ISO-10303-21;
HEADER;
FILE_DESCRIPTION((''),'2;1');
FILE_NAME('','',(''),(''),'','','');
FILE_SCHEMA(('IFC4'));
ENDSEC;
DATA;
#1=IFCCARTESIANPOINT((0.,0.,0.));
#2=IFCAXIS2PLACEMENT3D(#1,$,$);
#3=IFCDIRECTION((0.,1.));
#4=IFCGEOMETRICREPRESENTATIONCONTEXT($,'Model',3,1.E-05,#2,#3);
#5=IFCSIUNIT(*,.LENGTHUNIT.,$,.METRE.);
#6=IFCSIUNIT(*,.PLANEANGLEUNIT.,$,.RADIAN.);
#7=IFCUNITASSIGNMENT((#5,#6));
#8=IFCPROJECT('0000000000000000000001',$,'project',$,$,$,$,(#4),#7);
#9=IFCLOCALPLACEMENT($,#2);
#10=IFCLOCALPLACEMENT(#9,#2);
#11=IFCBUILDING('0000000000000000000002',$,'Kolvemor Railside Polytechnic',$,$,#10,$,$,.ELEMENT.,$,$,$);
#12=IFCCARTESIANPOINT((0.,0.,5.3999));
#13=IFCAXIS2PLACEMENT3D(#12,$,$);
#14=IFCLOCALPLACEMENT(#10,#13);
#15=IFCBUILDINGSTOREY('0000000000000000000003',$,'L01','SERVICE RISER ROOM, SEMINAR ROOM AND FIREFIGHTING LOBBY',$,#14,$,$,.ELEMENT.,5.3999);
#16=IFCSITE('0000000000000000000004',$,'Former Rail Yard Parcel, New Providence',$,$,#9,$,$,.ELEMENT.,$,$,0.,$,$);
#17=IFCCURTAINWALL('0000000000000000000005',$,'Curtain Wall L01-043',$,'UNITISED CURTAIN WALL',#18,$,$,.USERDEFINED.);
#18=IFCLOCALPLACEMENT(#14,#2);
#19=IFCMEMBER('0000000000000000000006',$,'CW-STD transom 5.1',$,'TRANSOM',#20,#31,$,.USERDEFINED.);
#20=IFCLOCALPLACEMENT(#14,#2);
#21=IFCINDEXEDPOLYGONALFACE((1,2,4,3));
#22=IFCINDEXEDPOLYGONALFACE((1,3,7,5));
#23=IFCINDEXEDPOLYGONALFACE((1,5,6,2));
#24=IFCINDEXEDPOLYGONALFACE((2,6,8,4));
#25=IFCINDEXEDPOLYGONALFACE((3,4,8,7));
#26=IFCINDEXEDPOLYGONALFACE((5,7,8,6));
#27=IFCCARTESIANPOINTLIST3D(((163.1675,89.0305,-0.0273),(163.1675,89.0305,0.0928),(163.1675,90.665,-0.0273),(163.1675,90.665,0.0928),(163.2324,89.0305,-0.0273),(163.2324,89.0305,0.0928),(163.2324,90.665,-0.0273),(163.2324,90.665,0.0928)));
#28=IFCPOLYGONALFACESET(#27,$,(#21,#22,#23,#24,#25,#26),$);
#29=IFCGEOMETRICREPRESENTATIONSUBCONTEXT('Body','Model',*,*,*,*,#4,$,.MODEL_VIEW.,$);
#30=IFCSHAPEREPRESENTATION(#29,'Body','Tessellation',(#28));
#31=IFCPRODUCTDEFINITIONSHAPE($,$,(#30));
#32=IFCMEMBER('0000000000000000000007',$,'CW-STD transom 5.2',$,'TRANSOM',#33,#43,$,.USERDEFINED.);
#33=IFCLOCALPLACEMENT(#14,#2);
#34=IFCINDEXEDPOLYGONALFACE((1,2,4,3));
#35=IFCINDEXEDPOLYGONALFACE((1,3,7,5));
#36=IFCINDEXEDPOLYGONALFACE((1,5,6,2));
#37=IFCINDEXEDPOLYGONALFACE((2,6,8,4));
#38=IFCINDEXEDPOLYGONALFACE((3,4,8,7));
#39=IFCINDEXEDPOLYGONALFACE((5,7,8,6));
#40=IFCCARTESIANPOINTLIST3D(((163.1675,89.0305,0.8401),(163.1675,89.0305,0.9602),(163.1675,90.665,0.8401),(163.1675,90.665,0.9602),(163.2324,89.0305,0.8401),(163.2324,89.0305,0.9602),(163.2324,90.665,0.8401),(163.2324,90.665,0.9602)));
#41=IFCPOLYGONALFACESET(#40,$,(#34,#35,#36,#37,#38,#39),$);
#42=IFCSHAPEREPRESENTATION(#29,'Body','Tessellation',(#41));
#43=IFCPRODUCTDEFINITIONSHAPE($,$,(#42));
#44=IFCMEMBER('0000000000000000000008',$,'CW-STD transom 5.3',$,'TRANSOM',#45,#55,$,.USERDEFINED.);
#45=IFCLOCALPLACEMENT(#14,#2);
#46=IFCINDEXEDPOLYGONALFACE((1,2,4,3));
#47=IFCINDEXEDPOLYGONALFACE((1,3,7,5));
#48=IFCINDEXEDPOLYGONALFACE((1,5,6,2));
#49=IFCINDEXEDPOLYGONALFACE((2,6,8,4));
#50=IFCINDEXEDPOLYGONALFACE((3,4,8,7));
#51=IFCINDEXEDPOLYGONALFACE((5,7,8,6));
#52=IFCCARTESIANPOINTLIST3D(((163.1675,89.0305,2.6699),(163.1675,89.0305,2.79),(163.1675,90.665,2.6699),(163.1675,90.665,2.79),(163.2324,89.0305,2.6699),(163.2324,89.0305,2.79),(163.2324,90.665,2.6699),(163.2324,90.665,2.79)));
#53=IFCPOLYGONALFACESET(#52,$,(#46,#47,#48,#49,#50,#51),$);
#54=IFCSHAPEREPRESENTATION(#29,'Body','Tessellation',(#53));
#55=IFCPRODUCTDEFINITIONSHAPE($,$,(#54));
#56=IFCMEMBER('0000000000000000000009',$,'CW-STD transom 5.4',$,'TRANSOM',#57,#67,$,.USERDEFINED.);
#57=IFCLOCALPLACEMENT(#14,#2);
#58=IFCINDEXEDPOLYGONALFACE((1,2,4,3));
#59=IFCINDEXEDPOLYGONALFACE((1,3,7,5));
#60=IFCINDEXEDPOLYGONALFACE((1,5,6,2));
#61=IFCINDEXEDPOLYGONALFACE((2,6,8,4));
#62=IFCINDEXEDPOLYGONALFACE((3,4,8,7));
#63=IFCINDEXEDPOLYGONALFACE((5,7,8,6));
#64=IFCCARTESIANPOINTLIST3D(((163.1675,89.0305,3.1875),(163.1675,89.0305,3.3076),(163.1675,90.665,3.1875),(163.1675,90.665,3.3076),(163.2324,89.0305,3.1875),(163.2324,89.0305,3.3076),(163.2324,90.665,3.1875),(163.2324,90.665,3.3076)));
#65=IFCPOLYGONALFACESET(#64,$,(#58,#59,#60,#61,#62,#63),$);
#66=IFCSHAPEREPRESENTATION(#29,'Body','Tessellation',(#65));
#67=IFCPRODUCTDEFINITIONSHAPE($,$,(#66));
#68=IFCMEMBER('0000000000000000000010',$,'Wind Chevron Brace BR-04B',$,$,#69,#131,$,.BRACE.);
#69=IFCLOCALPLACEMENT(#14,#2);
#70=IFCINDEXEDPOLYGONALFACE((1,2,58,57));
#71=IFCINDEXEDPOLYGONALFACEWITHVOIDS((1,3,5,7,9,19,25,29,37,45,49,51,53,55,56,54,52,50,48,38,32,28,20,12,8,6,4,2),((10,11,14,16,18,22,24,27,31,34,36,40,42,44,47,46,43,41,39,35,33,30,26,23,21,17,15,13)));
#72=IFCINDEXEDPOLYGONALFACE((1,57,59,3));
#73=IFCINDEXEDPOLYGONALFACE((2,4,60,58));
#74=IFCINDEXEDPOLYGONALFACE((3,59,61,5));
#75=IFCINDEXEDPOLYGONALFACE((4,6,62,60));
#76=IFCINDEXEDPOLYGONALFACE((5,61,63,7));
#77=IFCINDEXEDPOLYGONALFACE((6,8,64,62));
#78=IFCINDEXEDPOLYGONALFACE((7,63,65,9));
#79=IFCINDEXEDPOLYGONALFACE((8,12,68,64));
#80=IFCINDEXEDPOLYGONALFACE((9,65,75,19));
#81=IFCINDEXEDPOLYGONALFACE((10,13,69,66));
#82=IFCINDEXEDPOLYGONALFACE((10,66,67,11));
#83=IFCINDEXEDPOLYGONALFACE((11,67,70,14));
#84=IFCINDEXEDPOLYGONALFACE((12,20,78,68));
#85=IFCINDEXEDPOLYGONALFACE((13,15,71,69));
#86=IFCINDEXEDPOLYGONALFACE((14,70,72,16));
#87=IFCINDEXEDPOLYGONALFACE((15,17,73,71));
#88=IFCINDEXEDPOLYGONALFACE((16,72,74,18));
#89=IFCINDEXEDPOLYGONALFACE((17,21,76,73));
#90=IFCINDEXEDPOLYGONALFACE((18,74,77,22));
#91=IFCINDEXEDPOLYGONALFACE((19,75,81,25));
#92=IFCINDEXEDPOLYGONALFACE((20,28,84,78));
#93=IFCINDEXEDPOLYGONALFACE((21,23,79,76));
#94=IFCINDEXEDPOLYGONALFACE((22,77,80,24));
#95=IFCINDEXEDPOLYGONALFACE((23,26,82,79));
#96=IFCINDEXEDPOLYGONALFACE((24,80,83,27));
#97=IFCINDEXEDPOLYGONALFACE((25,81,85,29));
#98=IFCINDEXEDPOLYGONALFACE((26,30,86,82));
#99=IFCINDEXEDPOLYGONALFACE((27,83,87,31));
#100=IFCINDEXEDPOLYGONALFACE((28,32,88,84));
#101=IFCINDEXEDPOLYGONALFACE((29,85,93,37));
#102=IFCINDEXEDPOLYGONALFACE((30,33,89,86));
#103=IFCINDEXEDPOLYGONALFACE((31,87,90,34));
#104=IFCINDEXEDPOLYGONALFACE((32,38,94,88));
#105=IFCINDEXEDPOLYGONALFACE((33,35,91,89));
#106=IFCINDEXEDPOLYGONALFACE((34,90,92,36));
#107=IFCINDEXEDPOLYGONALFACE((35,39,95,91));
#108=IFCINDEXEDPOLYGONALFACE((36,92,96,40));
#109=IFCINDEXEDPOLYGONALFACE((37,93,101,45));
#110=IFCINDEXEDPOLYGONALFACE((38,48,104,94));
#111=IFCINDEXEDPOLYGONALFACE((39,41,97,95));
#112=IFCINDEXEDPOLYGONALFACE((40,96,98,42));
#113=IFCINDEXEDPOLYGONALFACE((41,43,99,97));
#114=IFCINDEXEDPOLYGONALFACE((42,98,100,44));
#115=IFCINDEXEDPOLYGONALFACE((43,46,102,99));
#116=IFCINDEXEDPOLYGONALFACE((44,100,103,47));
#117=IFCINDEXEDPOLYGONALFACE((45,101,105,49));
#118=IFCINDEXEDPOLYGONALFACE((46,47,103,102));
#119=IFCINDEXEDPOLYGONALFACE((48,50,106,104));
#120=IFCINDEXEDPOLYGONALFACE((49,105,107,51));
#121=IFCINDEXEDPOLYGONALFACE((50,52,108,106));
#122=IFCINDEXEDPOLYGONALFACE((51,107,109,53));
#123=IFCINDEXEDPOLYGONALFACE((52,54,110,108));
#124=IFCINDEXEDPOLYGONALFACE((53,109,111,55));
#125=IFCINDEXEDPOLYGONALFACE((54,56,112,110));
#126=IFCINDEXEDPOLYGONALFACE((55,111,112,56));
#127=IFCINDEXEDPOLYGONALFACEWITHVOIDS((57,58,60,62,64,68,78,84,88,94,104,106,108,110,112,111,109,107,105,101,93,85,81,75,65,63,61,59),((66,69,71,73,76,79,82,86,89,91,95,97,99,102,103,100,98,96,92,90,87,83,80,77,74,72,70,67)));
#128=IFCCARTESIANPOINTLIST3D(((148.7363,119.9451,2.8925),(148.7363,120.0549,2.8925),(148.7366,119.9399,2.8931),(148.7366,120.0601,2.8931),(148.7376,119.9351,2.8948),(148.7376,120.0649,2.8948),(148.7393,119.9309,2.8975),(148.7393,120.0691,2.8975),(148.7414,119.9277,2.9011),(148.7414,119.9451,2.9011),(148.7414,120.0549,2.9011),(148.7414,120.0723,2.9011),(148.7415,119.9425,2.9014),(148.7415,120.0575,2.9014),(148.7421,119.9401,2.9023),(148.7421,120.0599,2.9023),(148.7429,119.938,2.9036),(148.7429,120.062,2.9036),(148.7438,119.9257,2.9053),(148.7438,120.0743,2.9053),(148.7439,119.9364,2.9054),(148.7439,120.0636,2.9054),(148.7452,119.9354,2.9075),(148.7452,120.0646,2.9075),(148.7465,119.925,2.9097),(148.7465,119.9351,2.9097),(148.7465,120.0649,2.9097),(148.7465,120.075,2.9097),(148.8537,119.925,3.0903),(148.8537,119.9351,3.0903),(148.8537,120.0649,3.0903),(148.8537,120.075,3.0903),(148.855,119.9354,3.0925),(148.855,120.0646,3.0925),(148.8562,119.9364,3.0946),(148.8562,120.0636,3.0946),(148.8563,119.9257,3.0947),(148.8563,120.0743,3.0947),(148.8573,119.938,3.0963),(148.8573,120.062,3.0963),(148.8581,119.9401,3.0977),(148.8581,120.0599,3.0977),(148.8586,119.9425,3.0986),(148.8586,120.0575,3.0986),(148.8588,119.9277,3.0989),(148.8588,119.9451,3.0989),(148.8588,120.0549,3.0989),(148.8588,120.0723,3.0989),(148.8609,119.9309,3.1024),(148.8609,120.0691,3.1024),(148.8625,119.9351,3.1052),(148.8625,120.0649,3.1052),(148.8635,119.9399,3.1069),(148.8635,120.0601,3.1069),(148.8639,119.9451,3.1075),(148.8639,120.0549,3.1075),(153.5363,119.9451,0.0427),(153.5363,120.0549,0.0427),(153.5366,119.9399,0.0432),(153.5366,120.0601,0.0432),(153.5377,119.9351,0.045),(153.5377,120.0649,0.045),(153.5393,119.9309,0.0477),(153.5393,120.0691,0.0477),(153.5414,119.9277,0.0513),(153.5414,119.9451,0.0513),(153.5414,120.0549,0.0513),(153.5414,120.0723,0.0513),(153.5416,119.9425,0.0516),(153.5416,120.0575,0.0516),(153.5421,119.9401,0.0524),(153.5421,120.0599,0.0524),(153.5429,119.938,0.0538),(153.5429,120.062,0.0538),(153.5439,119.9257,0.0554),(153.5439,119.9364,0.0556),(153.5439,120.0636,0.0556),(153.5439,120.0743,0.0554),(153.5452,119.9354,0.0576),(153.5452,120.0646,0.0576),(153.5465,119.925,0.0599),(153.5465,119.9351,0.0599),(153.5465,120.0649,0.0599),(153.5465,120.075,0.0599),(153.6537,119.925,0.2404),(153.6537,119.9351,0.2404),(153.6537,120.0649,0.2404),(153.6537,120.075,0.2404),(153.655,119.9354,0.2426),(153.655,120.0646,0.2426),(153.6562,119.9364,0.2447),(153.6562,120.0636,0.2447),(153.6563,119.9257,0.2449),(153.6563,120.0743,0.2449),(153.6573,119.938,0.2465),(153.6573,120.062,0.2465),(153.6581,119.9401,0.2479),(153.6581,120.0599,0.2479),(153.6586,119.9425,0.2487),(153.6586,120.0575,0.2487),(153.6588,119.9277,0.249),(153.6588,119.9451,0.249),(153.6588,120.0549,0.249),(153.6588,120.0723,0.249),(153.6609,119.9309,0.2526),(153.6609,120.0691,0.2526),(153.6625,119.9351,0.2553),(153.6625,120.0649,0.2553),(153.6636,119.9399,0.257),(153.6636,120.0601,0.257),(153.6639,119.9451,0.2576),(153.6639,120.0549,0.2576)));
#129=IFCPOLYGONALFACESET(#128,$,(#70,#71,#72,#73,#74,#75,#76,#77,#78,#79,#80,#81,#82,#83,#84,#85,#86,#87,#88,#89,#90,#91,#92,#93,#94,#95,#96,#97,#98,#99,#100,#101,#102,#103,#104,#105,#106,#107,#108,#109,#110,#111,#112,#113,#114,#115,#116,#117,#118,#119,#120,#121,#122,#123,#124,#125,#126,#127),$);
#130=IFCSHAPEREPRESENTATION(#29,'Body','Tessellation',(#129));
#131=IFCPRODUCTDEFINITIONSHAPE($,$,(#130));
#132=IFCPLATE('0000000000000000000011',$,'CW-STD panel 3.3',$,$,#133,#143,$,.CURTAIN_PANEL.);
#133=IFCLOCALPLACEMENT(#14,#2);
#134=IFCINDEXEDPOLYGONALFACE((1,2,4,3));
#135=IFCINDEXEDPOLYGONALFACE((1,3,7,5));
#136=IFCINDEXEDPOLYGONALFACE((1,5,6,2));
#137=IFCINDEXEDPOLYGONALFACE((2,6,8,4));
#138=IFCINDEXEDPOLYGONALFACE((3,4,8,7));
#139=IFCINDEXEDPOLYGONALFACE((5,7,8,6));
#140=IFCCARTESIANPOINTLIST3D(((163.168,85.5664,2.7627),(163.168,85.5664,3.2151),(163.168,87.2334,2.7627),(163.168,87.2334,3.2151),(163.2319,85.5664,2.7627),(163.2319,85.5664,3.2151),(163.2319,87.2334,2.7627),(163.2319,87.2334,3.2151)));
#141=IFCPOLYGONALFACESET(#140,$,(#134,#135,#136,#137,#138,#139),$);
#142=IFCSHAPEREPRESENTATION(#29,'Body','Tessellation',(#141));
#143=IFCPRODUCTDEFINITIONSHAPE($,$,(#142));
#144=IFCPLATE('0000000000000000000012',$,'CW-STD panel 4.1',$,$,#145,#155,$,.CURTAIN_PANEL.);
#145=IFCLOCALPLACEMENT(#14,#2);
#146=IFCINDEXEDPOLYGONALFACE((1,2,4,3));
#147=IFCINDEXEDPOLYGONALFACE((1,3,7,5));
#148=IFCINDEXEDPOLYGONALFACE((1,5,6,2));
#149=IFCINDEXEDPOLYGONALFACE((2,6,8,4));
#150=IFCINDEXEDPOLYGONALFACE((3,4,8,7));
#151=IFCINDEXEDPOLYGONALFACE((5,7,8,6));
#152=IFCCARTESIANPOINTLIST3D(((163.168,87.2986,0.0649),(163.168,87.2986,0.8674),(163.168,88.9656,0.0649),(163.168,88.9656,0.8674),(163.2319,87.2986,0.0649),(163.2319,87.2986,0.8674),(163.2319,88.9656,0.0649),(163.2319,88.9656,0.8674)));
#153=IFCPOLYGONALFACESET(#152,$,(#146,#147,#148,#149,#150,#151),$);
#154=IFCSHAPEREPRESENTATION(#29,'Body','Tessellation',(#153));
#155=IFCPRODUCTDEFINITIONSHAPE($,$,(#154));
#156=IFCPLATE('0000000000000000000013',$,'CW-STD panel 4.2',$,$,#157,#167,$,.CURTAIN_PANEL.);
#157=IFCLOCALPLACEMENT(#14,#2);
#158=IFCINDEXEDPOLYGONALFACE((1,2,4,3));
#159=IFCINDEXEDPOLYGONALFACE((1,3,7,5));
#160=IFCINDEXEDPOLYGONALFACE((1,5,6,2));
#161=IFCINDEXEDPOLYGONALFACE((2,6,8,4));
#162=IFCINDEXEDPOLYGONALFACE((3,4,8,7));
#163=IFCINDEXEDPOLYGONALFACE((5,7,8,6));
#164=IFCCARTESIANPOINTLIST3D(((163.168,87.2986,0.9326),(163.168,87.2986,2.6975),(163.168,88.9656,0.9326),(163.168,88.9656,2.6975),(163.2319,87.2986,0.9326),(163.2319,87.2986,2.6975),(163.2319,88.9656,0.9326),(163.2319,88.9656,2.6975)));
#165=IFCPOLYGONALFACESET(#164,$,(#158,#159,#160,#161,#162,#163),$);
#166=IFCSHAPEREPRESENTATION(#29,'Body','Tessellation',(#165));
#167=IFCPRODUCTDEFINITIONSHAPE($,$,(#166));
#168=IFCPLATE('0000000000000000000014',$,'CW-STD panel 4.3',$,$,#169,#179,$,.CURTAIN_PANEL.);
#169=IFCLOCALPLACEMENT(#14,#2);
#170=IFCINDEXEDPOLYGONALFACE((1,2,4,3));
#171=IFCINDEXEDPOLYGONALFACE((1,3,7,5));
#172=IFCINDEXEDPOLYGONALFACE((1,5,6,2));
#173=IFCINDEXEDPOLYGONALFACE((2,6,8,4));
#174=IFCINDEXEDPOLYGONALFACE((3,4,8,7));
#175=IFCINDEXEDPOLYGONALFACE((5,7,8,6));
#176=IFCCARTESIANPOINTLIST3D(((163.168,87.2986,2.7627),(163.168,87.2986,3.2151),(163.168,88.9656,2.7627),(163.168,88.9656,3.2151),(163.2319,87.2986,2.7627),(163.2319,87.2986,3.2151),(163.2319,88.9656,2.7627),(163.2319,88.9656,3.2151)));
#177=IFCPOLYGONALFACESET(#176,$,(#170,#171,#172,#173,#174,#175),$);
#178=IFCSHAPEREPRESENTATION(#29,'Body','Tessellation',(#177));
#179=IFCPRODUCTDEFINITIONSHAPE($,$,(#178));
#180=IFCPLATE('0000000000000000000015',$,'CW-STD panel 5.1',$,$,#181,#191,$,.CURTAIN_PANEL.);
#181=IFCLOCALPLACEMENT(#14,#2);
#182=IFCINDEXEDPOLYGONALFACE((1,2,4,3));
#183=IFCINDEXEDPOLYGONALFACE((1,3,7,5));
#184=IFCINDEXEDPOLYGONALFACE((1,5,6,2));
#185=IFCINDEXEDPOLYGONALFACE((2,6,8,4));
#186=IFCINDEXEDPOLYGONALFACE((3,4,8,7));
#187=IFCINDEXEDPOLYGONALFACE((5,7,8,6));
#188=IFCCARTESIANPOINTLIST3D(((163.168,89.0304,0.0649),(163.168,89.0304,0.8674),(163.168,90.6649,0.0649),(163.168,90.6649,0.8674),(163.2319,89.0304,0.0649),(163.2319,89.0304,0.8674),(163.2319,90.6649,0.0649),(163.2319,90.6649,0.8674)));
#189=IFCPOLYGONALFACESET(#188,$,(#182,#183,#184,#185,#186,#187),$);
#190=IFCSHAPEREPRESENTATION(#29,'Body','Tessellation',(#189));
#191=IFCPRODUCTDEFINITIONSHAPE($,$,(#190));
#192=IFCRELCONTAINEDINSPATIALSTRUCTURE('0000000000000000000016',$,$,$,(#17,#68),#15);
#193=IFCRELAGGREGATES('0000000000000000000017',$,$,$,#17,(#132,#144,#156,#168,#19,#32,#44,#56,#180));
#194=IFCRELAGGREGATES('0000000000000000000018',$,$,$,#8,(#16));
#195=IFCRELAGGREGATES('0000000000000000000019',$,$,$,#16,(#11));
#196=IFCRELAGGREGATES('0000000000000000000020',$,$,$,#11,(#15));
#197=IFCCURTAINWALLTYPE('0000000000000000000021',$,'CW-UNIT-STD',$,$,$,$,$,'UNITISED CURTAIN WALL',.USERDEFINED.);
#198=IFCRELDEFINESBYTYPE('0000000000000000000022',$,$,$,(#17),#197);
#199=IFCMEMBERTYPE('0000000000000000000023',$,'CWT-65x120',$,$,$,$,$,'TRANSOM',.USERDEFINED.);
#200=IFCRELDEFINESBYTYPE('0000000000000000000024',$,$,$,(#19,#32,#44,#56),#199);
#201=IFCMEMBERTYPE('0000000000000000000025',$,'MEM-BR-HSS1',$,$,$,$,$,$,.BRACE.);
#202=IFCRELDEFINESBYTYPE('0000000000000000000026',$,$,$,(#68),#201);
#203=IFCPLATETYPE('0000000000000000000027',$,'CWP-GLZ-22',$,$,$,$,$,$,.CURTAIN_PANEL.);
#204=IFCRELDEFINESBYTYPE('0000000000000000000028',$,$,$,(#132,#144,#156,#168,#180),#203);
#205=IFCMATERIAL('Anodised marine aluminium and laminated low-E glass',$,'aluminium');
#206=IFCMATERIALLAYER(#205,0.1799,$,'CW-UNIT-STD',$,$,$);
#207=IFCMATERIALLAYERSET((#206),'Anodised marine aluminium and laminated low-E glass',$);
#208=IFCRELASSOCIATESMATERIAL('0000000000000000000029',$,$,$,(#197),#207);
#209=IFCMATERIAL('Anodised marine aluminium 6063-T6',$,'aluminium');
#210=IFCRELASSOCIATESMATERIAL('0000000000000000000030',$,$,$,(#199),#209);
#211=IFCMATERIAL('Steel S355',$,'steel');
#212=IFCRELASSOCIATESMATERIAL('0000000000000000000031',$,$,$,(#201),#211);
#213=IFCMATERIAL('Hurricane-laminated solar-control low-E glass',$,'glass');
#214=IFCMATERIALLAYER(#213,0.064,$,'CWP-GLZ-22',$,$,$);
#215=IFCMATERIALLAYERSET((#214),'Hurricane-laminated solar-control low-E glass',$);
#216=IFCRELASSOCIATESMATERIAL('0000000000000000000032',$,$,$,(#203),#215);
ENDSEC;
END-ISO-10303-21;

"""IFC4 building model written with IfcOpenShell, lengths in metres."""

from ifc_helpers import new_model, si_unit, direction, frame, origin, origin_2d, place, context, subcontext, project, spatial, rectangle, hollow_rectangle, extrude, material, layer, layer_set, material_profile, profile_set, type_object, element, aggregate, save


model = new_model("IFC4")

# Units and contexts
model_context = context("Model", 3, precision=1e-05, world=origin(), true_north=direction((0.0, 1.0)))
body_context = subcontext(model_context, "Body", "Model", "MODEL_VIEW")
ifc_project = project(units=[si_unit("LENGTHUNIT", "METRE"), si_unit("PLANEANGLEUNIT", "RADIAN")], contexts=[model_context])

# Site, building, storey
site_placement = place(None, origin())
site = spatial("IfcSite", under=ifc_project, at=site_placement, Name="Former Rail Yard Parcel, New Providence", CompositionType="ELEMENT", RefElevation=0.0)
building_placement = place(site_placement, origin())
building = spatial("IfcBuilding", under=site, at=building_placement, Name="Kolvemor Railside Polytechnic", CompositionType="ELEMENT")
storey_placement = place(building_placement, frame((0.0, 0.0, 5.3999)))
storey = spatial("IfcBuildingStorey", under=building, at=storey_placement, Name="L01", Description="SERVICE RISER ROOM, SEMINAR ROOM AND FIREFIGHTING LOBBY", CompositionType="ELEMENT", Elevation=5.3999)

# Curtain wall, members
ifc_material_1 = material(Name="Anodised marine aluminium and laminated low-E glass", Category="aluminium")
ifc_layer_1 = layer(ifc_material_1, 0.1799, Name="CW-UNIT-STD")
ifc_layer_set_1 = layer_set([ifc_layer_1], Name="Anodised marine aluminium and laminated low-E glass")
curtain_wall_type = type_object("IfcCurtainWallType", Name="CW-UNIT-STD", ElementType="UNITISED CURTAIN WALL", PredefinedType="USERDEFINED", material=ifc_layer_set_1)
curtain_wall_placement = place(storey_placement, origin())
curtain_wall = element("IfcCurtainWall", 1, at=curtain_wall_placement, inside=storey, type_object=curtain_wall_type, Name="Curtain Wall L01-043", ObjectType="UNITISED CURTAIN WALL", PredefinedType="USERDEFINED")
ifc_material_2 = material(Name="Anodised marine aluminium 6063-T6", Category="aluminium")
ifc_material_profile_1 = material_profile(ifc_material_2, rectangle(XDim=0.0649, YDim=0.1201, at=origin_2d()), Name="CW-TRN-65x120")
ifc_profile_set_1 = profile_set([ifc_material_profile_1], Name="Anodised marine aluminium 6063-T6")
member_type_1 = type_object("IfcMemberType", Name="CWT-65x120", ElementType="TRANSOM", PredefinedType="USERDEFINED", material=ifc_profile_set_1)
member_1_placement = place(storey_placement, frame((163.2, 89.0305, 0.0327), z_axis=(0.0, 1.0, 0.0), x_axis=(-1.0, 0.0, 0.0)))
member_1 = element("IfcMember", 2, at=member_1_placement, type_object=member_type_1, Name="CW-STD transom 5.1", ObjectType="TRANSOM", PredefinedType="USERDEFINED", context=body_context, shape_type="SweptSolid", body=[
    extrude(rectangle(XDim=0.0649, YDim=0.1201, at=origin_2d()), origin(), (0.0, 0.0, 1.0), 1.6345),
])
member_2_placement = place(storey_placement, frame((163.2, 89.0305, 0.9001), z_axis=(0.0, 1.0, 0.0), x_axis=(-1.0, 0.0, 0.0)))
member_2 = element("IfcMember", 3, at=member_2_placement, type_object=member_type_1, Name="CW-STD transom 5.2", ObjectType="TRANSOM", PredefinedType="USERDEFINED", context=body_context, shape_type="SweptSolid", body=[
    extrude(rectangle(XDim=0.0649, YDim=0.1201, at=origin_2d()), origin(), (0.0, 0.0, 1.0), 1.6345),
])
member_3_placement = place(storey_placement, frame((163.2, 89.0305, 2.73), z_axis=(0.0, 1.0, 0.0), x_axis=(-1.0, 0.0, 0.0)))
member_3 = element("IfcMember", 4, at=member_3_placement, type_object=member_type_1, Name="CW-STD transom 5.3", ObjectType="TRANSOM", PredefinedType="USERDEFINED", context=body_context, shape_type="SweptSolid", body=[
    extrude(rectangle(XDim=0.0649, YDim=0.1201, at=origin_2d()), origin(), (0.0, 0.0, 1.0), 1.6345),
])
member_4_placement = place(storey_placement, frame((163.2, 89.0305, 3.2476), z_axis=(0.0, 1.0, 0.0), x_axis=(-1.0, 0.0, 0.0)))
member_4 = element("IfcMember", 5, at=member_4_placement, type_object=member_type_1, Name="CW-STD transom 5.4", ObjectType="TRANSOM", PredefinedType="USERDEFINED", context=body_context, shape_type="SweptSolid", body=[
    extrude(rectangle(XDim=0.0649, YDim=0.1201, at=origin_2d()), origin(), (0.0, 0.0, 1.0), 1.6345),
])

# Member
ifc_material_3 = material(Name="Steel S355", Category="steel")
ifc_material_profile_2 = material_profile(ifc_material_3, hollow_rectangle(XDim=0.1499, YDim=0.25, WallThickness=0.01, InnerFilletRadius=0.01, OuterFilletRadius=0.02, at=origin_2d()), Name="HSS250x150x10")
ifc_profile_set_2 = profile_set([ifc_material_profile_2], Name="Steel S355")
member_type_2 = type_object("IfcMemberType", Name="MEM-BR-HSS1", PredefinedType="BRACE", material=ifc_profile_set_2)
member_5_placement = place(storey_placement, frame((153.6001, 120.0, 0.1501), z_axis=(-0.859869, 0.0, 0.510516), x_axis=(0.0, -1.0, 0.0)))
element("IfcMember", 6, at=member_5_placement, inside=storey, type_object=member_type_2, Name="Wind Chevron Brace BR-04B", PredefinedType="BRACE", context=body_context, shape_type="SweptSolid", body=[
    extrude(hollow_rectangle(XDim=0.1499, YDim=0.25, WallThickness=0.01, InnerFilletRadius=0.01, OuterFilletRadius=0.02, at=origin_2d()), origin(), (0.0, 0.0, 1.0), 5.5823),
])

# Plates
ifc_material_4 = material(Name="Hurricane-laminated solar-control low-E glass", Category="glass")
ifc_layer_2 = layer(ifc_material_4, 0.064, Name="CWP-GLZ-22")
ifc_layer_set_2 = layer_set([ifc_layer_2], Name="Hurricane-laminated solar-control low-E glass")
plate_type = type_object("IfcPlateType", Name="CWP-GLZ-22", PredefinedType="CURTAIN_PANEL", material=ifc_layer_set_2)
plate_1_placement = place(storey_placement, frame((163.2, 86.3999, 2.7627), z_axis=(0.0, 0.0, 1.0), x_axis=(0.0, 1.0, 0.0)))
plate_1 = element("IfcPlate", 7, at=plate_1_placement, type_object=plate_type, Name="CW-STD panel 3.3", PredefinedType="CURTAIN_PANEL", context=body_context, shape_type="SweptSolid", body=[
    extrude(rectangle(XDim=1.667, YDim=0.064, at=origin_2d()), origin(), (0.0, 0.0, 1.0), 0.4524),
])
plate_2_placement = place(storey_placement, frame((163.2, 88.1321, 0.0649), z_axis=(0.0, 0.0, 1.0), x_axis=(0.0, 1.0, 0.0)))
plate_2 = element("IfcPlate", 8, at=plate_2_placement, type_object=plate_type, Name="CW-STD panel 4.1", PredefinedType="CURTAIN_PANEL", context=body_context, shape_type="SweptSolid", body=[
    extrude(rectangle(XDim=1.667, YDim=0.064, at=origin_2d()), origin(), (0.0, 0.0, 1.0), 0.8025),
])
plate_3_placement = place(storey_placement, frame((163.2, 88.1321, 0.9326), z_axis=(0.0, 0.0, 1.0), x_axis=(0.0, 1.0, 0.0)))
plate_3 = element("IfcPlate", 9, at=plate_3_placement, type_object=plate_type, Name="CW-STD panel 4.2", PredefinedType="CURTAIN_PANEL", context=body_context, shape_type="SweptSolid", body=[
    extrude(rectangle(XDim=1.667, YDim=0.064, at=origin_2d()), origin(), (0.0, 0.0, 1.0), 1.7649),
])
plate_4_placement = place(storey_placement, frame((163.2, 88.1321, 2.7627), z_axis=(0.0, 0.0, 1.0), x_axis=(0.0, 1.0, 0.0)))
plate_4 = element("IfcPlate", 10, at=plate_4_placement, type_object=plate_type, Name="CW-STD panel 4.3", PredefinedType="CURTAIN_PANEL", context=body_context, shape_type="SweptSolid", body=[
    extrude(rectangle(XDim=1.667, YDim=0.064, at=origin_2d()), origin(), (0.0, 0.0, 1.0), 0.4524),
])
plate_5_placement = place(storey_placement, frame((163.2, 89.8477, 0.0649), z_axis=(0.0, 0.0, 1.0), x_axis=(0.0, 1.0, 0.0)))
plate_5 = element("IfcPlate", 11, at=plate_5_placement, type_object=plate_type, Name="CW-STD panel 5.1", PredefinedType="CURTAIN_PANEL", context=body_context, shape_type="SweptSolid", body=[
    extrude(rectangle(XDim=1.6345, YDim=0.064, at=origin_2d()), origin(), (0.0, 0.0, 1.0), 0.8025),
])
aggregate(curtain_wall, [plate_1, plate_2, plate_3, plate_4, member_1, member_2, member_3, member_4, plate_5])

save(model, "model.ifc")
